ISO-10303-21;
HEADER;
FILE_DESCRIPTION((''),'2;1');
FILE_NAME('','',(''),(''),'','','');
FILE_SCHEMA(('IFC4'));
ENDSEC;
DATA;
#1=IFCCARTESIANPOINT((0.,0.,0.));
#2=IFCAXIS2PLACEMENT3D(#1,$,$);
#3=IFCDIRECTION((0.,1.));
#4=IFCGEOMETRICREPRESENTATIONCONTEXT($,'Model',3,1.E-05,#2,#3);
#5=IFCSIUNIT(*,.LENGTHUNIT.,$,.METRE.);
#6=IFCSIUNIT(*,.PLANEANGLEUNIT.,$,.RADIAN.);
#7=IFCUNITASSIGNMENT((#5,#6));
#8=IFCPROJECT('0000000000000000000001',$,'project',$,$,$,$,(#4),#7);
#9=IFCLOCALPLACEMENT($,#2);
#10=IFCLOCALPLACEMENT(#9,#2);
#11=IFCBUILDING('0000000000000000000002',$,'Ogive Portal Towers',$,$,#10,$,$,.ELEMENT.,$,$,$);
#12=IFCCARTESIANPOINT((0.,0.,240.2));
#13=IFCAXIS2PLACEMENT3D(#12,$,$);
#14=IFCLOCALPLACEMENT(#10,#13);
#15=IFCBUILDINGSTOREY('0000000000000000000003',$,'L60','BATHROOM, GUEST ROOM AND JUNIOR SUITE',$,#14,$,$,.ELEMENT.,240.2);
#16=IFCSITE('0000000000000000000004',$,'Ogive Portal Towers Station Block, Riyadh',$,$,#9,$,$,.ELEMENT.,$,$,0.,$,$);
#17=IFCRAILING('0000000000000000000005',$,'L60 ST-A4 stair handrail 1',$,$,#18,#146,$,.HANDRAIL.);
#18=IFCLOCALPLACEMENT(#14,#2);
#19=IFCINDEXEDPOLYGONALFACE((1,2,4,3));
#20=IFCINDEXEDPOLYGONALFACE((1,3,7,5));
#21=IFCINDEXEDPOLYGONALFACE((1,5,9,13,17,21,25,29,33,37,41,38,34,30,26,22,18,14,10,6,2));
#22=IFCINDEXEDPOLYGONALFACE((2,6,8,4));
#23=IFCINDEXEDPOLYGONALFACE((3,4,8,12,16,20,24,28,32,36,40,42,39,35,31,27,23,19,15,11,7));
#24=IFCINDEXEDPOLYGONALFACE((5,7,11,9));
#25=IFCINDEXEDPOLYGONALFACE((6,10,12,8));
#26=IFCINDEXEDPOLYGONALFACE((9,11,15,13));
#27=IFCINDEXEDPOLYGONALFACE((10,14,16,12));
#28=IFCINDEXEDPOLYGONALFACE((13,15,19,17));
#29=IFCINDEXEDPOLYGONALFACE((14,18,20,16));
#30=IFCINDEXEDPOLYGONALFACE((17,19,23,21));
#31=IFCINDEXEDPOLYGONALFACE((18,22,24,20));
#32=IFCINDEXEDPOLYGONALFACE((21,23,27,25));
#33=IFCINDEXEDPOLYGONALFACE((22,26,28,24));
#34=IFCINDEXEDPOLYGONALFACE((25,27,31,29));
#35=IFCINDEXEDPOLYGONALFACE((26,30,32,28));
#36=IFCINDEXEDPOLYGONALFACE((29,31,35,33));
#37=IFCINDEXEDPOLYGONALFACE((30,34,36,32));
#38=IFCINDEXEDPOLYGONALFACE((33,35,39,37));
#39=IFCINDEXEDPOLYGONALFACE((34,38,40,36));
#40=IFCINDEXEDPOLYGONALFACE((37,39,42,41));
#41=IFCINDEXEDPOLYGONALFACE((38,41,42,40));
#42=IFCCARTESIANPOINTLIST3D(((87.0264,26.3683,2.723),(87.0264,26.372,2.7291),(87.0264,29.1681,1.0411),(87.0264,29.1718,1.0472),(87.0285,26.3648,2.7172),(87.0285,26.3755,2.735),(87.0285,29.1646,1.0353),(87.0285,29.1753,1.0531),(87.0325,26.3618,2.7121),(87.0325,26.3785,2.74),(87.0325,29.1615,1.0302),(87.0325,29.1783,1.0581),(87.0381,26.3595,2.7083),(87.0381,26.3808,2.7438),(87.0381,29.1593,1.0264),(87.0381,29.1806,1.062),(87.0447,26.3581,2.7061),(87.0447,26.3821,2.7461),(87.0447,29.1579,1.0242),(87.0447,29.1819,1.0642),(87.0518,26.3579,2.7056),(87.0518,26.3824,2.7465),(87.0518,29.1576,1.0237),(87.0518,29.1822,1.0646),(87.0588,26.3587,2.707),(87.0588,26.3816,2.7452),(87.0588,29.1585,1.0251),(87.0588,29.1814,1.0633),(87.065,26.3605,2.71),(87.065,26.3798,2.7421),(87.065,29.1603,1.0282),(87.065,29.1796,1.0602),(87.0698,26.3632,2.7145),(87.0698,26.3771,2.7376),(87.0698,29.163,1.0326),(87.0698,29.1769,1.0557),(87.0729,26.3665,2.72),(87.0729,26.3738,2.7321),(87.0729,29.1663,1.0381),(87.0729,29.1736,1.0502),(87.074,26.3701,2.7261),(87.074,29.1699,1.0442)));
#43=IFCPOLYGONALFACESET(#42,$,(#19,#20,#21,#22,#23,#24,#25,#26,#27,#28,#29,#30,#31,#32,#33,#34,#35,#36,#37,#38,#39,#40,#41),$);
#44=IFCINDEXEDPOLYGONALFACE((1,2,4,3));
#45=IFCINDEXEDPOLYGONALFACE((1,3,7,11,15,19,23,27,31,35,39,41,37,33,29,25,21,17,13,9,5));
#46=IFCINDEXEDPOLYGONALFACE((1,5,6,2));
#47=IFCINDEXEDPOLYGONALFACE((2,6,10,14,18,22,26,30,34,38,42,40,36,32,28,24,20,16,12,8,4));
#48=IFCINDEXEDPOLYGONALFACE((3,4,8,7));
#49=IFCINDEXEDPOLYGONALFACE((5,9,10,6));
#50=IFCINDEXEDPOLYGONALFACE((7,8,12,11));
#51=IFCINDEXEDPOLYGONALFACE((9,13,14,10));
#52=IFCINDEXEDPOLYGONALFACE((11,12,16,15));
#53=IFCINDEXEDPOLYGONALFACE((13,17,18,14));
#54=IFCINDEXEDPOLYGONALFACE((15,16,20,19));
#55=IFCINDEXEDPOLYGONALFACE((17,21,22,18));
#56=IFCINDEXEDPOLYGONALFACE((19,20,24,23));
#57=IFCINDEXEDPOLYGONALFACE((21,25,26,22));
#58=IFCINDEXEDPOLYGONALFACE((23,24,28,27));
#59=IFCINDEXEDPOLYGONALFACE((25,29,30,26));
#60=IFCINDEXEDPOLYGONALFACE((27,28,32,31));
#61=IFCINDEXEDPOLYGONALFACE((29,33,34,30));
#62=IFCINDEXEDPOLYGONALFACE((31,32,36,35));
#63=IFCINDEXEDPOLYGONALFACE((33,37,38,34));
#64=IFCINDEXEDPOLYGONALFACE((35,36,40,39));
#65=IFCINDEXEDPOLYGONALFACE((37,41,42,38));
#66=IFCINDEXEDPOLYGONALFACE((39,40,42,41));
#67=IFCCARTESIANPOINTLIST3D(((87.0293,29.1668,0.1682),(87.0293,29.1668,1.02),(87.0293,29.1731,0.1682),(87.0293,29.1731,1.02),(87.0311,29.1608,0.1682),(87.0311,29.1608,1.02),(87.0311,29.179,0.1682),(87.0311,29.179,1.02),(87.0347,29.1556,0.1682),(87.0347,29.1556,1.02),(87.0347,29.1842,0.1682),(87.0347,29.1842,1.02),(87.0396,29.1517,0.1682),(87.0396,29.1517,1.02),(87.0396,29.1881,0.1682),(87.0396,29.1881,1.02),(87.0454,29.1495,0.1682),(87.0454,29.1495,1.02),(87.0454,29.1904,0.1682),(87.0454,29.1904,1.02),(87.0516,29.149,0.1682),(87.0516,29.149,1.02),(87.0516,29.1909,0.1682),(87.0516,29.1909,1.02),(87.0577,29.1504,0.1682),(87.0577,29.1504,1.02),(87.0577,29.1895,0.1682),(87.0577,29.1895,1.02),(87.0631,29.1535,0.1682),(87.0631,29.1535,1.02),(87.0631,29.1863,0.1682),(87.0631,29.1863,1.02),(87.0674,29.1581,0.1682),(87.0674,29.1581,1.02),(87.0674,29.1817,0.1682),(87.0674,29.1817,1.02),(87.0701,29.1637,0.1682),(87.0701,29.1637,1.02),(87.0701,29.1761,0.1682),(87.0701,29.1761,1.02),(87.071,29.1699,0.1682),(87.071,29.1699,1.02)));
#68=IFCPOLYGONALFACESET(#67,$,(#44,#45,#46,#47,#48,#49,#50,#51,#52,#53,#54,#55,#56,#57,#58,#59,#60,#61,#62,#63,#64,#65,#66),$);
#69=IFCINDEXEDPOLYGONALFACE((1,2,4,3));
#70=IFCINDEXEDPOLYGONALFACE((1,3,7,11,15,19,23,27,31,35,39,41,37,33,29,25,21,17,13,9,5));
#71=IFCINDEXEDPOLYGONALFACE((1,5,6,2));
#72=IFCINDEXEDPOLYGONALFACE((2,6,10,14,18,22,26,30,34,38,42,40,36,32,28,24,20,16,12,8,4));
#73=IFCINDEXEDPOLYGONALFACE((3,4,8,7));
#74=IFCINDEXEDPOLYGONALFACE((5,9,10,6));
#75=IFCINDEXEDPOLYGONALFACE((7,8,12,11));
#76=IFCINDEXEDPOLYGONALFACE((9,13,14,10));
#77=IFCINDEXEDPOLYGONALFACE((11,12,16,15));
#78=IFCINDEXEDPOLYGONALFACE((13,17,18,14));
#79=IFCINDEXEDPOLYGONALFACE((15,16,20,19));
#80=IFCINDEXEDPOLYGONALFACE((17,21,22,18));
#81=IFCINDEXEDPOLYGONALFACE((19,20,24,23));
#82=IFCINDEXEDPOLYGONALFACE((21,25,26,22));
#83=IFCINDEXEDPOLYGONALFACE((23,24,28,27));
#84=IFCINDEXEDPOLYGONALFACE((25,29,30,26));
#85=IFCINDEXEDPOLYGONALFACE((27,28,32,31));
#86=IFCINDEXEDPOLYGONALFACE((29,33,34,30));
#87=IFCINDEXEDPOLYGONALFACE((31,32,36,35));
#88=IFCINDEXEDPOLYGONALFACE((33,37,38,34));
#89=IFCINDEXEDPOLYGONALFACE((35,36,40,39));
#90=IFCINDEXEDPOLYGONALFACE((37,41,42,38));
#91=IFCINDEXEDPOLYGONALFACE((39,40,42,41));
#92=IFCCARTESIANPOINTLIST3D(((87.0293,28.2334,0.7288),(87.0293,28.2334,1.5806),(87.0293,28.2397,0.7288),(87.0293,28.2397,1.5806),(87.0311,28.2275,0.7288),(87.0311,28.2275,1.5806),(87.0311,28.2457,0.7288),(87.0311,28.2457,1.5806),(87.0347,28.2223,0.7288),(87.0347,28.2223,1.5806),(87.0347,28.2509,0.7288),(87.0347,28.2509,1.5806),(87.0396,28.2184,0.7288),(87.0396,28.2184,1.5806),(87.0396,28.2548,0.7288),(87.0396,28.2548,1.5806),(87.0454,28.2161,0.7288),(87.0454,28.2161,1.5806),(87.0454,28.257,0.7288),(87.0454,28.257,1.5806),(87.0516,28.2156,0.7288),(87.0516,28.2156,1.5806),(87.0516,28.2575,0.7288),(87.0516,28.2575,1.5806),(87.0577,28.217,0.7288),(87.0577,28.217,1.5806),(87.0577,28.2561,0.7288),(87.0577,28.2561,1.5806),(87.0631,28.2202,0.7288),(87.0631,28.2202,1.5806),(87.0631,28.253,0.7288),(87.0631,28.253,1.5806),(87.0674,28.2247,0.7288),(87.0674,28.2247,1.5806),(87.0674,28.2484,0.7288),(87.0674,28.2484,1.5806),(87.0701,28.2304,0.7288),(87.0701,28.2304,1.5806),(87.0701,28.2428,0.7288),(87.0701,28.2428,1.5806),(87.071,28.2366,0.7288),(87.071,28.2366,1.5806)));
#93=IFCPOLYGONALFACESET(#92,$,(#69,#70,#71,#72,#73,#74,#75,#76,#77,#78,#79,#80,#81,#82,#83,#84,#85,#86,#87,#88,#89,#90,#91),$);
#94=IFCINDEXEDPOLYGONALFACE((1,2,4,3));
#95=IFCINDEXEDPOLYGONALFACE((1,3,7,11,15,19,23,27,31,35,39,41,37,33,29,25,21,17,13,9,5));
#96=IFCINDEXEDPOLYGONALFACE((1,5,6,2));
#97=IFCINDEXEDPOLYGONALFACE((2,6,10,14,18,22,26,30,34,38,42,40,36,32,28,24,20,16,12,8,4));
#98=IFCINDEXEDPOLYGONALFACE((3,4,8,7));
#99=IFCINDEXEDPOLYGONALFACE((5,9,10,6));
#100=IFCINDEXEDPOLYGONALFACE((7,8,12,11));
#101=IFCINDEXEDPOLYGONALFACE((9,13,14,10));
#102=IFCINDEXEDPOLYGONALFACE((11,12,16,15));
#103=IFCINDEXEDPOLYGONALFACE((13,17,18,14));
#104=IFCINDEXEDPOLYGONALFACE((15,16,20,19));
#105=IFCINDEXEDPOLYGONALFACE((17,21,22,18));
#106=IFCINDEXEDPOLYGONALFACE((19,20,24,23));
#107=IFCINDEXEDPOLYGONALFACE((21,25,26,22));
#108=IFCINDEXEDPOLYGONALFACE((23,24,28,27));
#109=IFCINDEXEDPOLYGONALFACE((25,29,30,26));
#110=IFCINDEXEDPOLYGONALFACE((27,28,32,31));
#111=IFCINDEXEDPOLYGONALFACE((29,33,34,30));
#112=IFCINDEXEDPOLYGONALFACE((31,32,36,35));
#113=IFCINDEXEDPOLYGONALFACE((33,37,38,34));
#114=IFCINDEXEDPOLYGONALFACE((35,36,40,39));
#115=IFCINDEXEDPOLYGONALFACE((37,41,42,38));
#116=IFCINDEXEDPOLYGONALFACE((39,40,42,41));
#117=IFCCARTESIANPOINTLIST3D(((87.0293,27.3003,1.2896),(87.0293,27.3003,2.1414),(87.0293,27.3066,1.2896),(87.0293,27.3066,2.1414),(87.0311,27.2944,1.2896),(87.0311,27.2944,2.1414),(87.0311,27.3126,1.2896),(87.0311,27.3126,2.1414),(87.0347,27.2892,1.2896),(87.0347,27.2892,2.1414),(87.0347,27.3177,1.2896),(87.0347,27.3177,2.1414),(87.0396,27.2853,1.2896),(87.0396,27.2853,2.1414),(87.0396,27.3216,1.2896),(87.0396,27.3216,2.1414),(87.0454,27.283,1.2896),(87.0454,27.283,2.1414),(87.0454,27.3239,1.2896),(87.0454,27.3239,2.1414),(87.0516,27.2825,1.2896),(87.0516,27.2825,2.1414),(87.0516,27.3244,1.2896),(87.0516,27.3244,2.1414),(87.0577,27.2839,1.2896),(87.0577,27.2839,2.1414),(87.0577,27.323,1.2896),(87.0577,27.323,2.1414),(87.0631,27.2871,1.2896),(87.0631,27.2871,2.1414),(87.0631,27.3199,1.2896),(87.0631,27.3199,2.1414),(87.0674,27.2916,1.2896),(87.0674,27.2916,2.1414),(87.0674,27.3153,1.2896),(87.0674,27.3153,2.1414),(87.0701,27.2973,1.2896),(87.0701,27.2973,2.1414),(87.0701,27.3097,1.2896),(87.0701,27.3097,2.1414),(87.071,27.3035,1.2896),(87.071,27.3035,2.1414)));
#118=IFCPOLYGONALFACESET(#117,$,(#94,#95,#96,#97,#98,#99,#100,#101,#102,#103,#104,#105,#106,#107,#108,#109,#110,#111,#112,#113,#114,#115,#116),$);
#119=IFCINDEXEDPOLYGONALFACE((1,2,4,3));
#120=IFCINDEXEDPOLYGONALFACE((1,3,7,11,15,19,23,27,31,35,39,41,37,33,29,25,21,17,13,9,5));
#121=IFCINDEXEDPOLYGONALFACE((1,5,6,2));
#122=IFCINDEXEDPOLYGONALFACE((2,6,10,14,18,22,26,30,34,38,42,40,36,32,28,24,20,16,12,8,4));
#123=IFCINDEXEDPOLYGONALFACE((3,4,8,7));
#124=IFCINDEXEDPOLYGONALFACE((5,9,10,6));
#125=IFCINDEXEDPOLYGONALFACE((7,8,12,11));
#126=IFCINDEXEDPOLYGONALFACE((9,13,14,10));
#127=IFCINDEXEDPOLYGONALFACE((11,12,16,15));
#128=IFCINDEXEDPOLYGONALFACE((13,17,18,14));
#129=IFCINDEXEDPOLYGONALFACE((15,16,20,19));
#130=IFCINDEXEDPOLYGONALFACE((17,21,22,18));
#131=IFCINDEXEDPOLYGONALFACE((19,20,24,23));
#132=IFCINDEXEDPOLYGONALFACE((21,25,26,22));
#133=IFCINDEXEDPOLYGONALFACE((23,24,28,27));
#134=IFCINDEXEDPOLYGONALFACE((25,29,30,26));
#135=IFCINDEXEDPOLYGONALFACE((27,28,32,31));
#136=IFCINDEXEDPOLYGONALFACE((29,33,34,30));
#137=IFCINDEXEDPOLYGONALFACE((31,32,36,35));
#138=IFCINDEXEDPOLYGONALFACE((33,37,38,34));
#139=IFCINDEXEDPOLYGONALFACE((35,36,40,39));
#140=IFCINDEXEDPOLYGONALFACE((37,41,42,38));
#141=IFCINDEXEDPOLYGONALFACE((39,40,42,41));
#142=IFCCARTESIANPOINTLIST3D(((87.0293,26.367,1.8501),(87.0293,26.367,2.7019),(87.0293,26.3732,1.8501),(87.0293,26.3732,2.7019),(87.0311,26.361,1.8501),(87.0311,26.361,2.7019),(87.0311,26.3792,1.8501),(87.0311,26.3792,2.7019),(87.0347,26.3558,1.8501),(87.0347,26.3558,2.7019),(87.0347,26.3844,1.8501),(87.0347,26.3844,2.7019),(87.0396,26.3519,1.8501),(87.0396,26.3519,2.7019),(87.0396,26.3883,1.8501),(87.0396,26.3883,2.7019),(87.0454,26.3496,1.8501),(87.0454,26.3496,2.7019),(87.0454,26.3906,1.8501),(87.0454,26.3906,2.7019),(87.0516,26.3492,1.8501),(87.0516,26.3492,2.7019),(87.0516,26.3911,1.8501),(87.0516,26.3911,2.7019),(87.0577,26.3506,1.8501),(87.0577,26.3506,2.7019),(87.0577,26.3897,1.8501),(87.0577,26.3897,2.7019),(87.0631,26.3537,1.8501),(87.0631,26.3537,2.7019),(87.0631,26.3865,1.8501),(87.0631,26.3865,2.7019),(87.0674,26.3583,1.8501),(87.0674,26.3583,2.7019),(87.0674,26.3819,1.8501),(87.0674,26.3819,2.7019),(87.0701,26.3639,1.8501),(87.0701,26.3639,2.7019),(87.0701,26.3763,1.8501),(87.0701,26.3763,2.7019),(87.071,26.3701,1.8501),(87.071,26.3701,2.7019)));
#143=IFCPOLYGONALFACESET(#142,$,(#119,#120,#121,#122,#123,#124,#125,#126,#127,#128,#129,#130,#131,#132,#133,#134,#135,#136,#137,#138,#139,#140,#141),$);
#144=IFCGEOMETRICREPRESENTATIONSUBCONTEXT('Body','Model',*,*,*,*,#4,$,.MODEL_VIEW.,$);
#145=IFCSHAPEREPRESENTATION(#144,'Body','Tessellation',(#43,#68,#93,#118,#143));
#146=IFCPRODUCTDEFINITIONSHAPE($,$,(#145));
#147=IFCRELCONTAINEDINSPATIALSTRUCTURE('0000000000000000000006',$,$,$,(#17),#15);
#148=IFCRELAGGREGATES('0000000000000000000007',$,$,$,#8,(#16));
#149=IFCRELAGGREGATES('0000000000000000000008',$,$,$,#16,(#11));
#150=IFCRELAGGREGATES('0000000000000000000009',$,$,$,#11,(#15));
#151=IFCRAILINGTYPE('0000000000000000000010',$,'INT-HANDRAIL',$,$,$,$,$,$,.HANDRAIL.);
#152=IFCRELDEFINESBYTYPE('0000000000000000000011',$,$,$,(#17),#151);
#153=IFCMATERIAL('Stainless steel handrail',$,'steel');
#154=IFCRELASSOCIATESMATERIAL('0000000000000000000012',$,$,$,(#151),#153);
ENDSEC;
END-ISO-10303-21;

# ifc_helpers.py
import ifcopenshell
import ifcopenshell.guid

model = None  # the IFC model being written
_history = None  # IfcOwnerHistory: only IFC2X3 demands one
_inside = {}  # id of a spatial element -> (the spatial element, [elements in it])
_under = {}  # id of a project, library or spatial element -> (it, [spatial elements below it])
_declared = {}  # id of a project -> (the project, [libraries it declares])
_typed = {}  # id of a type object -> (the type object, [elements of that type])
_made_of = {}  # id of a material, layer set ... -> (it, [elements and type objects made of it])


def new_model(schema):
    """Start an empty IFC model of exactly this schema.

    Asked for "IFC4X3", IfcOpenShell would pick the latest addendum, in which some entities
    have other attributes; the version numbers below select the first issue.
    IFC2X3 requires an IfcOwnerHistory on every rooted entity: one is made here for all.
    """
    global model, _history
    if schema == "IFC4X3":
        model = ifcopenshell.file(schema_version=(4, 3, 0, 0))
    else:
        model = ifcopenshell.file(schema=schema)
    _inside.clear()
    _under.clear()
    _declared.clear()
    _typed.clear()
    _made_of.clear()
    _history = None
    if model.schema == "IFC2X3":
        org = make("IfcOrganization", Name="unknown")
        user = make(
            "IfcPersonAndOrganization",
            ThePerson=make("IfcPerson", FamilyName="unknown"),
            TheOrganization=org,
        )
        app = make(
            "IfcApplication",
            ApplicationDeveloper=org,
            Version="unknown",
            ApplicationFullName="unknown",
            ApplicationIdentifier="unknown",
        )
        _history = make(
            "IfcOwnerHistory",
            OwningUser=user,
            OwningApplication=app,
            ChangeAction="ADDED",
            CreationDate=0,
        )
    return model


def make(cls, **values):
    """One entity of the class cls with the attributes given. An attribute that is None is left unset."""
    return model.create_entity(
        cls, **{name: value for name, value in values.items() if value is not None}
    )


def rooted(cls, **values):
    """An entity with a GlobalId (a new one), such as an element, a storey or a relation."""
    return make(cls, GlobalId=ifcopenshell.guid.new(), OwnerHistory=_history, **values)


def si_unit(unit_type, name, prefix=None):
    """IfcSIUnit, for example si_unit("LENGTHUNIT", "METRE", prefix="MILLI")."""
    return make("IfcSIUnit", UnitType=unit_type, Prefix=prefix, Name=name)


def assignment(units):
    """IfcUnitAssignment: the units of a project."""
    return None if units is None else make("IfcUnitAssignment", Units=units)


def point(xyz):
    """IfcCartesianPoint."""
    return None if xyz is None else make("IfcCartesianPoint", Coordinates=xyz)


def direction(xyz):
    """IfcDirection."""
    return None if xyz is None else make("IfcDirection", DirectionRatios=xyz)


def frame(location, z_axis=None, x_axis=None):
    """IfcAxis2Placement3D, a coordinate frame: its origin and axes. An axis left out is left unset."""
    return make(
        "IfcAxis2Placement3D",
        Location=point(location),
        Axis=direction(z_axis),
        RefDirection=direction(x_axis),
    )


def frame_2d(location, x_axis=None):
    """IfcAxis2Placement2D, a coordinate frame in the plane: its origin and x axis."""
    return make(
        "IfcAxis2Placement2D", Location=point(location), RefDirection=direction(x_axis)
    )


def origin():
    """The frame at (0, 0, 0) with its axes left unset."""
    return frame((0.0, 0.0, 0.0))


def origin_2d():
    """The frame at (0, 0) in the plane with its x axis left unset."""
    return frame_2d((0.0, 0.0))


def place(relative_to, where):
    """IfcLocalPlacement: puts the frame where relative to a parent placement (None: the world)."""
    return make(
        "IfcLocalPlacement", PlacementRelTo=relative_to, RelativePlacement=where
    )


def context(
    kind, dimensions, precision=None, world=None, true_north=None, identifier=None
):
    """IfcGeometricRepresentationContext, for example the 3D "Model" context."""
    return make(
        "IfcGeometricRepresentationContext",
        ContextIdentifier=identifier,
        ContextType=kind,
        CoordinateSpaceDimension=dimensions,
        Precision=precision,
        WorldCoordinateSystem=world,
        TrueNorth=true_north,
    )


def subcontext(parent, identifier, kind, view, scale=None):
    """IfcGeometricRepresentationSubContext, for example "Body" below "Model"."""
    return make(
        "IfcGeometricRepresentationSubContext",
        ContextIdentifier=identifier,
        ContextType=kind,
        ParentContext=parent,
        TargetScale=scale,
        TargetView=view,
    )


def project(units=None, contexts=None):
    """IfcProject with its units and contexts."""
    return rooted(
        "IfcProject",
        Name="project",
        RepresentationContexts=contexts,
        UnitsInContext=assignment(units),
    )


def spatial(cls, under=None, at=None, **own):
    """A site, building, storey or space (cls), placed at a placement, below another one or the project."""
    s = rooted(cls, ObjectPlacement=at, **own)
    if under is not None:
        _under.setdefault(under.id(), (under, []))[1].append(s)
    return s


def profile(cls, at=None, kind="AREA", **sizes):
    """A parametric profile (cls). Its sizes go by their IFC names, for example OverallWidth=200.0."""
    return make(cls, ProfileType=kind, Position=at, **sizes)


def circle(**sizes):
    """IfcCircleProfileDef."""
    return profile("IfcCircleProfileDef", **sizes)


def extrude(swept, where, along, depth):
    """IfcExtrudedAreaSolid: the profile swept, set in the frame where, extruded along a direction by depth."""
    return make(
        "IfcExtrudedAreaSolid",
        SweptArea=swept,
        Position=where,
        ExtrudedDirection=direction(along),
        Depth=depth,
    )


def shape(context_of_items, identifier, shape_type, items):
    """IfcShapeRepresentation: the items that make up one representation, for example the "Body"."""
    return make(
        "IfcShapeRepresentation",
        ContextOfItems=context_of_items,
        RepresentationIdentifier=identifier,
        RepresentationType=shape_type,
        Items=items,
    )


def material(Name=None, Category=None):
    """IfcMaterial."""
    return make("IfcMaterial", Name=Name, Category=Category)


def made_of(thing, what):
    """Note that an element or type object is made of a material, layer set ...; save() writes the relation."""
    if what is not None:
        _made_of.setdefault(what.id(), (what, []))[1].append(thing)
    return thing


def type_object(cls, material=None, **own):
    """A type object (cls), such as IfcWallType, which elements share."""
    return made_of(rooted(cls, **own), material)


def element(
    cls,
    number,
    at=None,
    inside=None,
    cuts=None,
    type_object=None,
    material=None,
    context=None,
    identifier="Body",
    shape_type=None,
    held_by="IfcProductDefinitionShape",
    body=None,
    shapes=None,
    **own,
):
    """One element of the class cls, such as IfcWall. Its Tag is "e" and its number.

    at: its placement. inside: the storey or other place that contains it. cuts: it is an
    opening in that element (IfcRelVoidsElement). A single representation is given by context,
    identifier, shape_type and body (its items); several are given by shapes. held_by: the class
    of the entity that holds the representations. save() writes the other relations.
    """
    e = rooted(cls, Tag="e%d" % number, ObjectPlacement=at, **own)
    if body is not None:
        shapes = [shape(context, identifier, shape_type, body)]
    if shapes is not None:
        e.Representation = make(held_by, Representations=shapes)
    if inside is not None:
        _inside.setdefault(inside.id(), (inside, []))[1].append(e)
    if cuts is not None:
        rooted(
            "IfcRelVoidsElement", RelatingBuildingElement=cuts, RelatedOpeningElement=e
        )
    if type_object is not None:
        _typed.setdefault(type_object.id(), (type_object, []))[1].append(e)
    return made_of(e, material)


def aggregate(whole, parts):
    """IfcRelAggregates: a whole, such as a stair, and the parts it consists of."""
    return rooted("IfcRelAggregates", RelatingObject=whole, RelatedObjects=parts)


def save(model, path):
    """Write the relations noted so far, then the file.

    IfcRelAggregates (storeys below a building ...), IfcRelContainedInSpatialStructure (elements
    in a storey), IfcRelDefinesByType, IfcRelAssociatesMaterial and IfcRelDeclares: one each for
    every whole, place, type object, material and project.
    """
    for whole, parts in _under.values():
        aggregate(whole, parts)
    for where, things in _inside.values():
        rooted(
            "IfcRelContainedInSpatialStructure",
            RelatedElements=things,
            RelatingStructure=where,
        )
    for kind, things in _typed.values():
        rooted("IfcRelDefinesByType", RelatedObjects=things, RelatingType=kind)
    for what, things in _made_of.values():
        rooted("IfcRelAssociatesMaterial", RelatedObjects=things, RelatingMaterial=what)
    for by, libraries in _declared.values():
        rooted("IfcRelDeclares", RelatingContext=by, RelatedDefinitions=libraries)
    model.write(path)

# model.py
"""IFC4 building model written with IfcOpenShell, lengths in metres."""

from ifc_helpers import new_model, si_unit, direction, frame, origin, origin_2d, place, context, subcontext, project, spatial, circle, extrude, material, type_object, element, save


model = new_model("IFC4")

# Units and contexts
model_context = context("Model", 3, precision=1e-05, world=origin(), true_north=direction((0.0, 1.0)))
body_context = subcontext(model_context, "Body", "Model", "MODEL_VIEW")
ifc_project = project(units=[si_unit("LENGTHUNIT", "METRE"), si_unit("PLANEANGLEUNIT", "RADIAN")], contexts=[model_context])

# Site, building, storey
site_placement = place(None, origin())
site = spatial("IfcSite", under=ifc_project, at=site_placement, Name="Ogive Portal Towers Station Block, Riyadh", CompositionType="ELEMENT", RefElevation=0.0)
building_placement = place(site_placement, origin())
building = spatial("IfcBuilding", under=site, at=building_placement, Name="Ogive Portal Towers", CompositionType="ELEMENT")
storey_placement = place(building_placement, frame((0.0, 0.0, 240.2)))
storey = spatial("IfcBuildingStorey", under=building, at=storey_placement, Name="L60", Description="BATHROOM, GUEST ROOM AND JUNIOR SUITE", CompositionType="ELEMENT", Elevation=240.2)

# Railing
ifc_material_1 = material(Name="Stainless steel handrail", Category="steel")
railing_type_1 = type_object("IfcRailingType", Name="INT-HANDRAIL", PredefinedType="HANDRAIL", material=ifc_material_1)
railing_1_placement = place(storey_placement, frame((87.05, 29.1699, 0.1682)))
element("IfcRailing", 1, at=railing_1_placement, inside=storey, type_object=railing_type_1, Name="L60 ST-A4 stair handrail 1", PredefinedType="HANDRAIL", context=body_context, shape_type="SweptSolid", body=[
    extrude(circle(Radius=0.0239, at=origin_2d()), frame((0.0, 0.0, 0.876), z_axis=(0.0, -0.857222, 0.514946), x_axis=(1.0, 0.0, 0.0)), (0.0, 0.0, 1.0), 3.2661),
    extrude(circle(Radius=0.021, at=origin_2d()), origin(), (0.0, 0.0, 1.0), 0.8518),
    extrude(circle(Radius=0.021, at=origin_2d()), frame((0.0, -0.9333, 0.5605)), (0.0, 0.0, 1.0), 0.8518),
    extrude(circle(Radius=0.021, at=origin_2d()), frame((0.0, -1.8665, 1.1213)), (0.0, 0.0, 1.0), 0.8518),
    extrude(circle(Radius=0.021, at=origin_2d()), frame((0.0, -2.7998, 1.6819)), (0.0, 0.0, 1.0), 0.8518),
])

save(model, "model.ifc")
